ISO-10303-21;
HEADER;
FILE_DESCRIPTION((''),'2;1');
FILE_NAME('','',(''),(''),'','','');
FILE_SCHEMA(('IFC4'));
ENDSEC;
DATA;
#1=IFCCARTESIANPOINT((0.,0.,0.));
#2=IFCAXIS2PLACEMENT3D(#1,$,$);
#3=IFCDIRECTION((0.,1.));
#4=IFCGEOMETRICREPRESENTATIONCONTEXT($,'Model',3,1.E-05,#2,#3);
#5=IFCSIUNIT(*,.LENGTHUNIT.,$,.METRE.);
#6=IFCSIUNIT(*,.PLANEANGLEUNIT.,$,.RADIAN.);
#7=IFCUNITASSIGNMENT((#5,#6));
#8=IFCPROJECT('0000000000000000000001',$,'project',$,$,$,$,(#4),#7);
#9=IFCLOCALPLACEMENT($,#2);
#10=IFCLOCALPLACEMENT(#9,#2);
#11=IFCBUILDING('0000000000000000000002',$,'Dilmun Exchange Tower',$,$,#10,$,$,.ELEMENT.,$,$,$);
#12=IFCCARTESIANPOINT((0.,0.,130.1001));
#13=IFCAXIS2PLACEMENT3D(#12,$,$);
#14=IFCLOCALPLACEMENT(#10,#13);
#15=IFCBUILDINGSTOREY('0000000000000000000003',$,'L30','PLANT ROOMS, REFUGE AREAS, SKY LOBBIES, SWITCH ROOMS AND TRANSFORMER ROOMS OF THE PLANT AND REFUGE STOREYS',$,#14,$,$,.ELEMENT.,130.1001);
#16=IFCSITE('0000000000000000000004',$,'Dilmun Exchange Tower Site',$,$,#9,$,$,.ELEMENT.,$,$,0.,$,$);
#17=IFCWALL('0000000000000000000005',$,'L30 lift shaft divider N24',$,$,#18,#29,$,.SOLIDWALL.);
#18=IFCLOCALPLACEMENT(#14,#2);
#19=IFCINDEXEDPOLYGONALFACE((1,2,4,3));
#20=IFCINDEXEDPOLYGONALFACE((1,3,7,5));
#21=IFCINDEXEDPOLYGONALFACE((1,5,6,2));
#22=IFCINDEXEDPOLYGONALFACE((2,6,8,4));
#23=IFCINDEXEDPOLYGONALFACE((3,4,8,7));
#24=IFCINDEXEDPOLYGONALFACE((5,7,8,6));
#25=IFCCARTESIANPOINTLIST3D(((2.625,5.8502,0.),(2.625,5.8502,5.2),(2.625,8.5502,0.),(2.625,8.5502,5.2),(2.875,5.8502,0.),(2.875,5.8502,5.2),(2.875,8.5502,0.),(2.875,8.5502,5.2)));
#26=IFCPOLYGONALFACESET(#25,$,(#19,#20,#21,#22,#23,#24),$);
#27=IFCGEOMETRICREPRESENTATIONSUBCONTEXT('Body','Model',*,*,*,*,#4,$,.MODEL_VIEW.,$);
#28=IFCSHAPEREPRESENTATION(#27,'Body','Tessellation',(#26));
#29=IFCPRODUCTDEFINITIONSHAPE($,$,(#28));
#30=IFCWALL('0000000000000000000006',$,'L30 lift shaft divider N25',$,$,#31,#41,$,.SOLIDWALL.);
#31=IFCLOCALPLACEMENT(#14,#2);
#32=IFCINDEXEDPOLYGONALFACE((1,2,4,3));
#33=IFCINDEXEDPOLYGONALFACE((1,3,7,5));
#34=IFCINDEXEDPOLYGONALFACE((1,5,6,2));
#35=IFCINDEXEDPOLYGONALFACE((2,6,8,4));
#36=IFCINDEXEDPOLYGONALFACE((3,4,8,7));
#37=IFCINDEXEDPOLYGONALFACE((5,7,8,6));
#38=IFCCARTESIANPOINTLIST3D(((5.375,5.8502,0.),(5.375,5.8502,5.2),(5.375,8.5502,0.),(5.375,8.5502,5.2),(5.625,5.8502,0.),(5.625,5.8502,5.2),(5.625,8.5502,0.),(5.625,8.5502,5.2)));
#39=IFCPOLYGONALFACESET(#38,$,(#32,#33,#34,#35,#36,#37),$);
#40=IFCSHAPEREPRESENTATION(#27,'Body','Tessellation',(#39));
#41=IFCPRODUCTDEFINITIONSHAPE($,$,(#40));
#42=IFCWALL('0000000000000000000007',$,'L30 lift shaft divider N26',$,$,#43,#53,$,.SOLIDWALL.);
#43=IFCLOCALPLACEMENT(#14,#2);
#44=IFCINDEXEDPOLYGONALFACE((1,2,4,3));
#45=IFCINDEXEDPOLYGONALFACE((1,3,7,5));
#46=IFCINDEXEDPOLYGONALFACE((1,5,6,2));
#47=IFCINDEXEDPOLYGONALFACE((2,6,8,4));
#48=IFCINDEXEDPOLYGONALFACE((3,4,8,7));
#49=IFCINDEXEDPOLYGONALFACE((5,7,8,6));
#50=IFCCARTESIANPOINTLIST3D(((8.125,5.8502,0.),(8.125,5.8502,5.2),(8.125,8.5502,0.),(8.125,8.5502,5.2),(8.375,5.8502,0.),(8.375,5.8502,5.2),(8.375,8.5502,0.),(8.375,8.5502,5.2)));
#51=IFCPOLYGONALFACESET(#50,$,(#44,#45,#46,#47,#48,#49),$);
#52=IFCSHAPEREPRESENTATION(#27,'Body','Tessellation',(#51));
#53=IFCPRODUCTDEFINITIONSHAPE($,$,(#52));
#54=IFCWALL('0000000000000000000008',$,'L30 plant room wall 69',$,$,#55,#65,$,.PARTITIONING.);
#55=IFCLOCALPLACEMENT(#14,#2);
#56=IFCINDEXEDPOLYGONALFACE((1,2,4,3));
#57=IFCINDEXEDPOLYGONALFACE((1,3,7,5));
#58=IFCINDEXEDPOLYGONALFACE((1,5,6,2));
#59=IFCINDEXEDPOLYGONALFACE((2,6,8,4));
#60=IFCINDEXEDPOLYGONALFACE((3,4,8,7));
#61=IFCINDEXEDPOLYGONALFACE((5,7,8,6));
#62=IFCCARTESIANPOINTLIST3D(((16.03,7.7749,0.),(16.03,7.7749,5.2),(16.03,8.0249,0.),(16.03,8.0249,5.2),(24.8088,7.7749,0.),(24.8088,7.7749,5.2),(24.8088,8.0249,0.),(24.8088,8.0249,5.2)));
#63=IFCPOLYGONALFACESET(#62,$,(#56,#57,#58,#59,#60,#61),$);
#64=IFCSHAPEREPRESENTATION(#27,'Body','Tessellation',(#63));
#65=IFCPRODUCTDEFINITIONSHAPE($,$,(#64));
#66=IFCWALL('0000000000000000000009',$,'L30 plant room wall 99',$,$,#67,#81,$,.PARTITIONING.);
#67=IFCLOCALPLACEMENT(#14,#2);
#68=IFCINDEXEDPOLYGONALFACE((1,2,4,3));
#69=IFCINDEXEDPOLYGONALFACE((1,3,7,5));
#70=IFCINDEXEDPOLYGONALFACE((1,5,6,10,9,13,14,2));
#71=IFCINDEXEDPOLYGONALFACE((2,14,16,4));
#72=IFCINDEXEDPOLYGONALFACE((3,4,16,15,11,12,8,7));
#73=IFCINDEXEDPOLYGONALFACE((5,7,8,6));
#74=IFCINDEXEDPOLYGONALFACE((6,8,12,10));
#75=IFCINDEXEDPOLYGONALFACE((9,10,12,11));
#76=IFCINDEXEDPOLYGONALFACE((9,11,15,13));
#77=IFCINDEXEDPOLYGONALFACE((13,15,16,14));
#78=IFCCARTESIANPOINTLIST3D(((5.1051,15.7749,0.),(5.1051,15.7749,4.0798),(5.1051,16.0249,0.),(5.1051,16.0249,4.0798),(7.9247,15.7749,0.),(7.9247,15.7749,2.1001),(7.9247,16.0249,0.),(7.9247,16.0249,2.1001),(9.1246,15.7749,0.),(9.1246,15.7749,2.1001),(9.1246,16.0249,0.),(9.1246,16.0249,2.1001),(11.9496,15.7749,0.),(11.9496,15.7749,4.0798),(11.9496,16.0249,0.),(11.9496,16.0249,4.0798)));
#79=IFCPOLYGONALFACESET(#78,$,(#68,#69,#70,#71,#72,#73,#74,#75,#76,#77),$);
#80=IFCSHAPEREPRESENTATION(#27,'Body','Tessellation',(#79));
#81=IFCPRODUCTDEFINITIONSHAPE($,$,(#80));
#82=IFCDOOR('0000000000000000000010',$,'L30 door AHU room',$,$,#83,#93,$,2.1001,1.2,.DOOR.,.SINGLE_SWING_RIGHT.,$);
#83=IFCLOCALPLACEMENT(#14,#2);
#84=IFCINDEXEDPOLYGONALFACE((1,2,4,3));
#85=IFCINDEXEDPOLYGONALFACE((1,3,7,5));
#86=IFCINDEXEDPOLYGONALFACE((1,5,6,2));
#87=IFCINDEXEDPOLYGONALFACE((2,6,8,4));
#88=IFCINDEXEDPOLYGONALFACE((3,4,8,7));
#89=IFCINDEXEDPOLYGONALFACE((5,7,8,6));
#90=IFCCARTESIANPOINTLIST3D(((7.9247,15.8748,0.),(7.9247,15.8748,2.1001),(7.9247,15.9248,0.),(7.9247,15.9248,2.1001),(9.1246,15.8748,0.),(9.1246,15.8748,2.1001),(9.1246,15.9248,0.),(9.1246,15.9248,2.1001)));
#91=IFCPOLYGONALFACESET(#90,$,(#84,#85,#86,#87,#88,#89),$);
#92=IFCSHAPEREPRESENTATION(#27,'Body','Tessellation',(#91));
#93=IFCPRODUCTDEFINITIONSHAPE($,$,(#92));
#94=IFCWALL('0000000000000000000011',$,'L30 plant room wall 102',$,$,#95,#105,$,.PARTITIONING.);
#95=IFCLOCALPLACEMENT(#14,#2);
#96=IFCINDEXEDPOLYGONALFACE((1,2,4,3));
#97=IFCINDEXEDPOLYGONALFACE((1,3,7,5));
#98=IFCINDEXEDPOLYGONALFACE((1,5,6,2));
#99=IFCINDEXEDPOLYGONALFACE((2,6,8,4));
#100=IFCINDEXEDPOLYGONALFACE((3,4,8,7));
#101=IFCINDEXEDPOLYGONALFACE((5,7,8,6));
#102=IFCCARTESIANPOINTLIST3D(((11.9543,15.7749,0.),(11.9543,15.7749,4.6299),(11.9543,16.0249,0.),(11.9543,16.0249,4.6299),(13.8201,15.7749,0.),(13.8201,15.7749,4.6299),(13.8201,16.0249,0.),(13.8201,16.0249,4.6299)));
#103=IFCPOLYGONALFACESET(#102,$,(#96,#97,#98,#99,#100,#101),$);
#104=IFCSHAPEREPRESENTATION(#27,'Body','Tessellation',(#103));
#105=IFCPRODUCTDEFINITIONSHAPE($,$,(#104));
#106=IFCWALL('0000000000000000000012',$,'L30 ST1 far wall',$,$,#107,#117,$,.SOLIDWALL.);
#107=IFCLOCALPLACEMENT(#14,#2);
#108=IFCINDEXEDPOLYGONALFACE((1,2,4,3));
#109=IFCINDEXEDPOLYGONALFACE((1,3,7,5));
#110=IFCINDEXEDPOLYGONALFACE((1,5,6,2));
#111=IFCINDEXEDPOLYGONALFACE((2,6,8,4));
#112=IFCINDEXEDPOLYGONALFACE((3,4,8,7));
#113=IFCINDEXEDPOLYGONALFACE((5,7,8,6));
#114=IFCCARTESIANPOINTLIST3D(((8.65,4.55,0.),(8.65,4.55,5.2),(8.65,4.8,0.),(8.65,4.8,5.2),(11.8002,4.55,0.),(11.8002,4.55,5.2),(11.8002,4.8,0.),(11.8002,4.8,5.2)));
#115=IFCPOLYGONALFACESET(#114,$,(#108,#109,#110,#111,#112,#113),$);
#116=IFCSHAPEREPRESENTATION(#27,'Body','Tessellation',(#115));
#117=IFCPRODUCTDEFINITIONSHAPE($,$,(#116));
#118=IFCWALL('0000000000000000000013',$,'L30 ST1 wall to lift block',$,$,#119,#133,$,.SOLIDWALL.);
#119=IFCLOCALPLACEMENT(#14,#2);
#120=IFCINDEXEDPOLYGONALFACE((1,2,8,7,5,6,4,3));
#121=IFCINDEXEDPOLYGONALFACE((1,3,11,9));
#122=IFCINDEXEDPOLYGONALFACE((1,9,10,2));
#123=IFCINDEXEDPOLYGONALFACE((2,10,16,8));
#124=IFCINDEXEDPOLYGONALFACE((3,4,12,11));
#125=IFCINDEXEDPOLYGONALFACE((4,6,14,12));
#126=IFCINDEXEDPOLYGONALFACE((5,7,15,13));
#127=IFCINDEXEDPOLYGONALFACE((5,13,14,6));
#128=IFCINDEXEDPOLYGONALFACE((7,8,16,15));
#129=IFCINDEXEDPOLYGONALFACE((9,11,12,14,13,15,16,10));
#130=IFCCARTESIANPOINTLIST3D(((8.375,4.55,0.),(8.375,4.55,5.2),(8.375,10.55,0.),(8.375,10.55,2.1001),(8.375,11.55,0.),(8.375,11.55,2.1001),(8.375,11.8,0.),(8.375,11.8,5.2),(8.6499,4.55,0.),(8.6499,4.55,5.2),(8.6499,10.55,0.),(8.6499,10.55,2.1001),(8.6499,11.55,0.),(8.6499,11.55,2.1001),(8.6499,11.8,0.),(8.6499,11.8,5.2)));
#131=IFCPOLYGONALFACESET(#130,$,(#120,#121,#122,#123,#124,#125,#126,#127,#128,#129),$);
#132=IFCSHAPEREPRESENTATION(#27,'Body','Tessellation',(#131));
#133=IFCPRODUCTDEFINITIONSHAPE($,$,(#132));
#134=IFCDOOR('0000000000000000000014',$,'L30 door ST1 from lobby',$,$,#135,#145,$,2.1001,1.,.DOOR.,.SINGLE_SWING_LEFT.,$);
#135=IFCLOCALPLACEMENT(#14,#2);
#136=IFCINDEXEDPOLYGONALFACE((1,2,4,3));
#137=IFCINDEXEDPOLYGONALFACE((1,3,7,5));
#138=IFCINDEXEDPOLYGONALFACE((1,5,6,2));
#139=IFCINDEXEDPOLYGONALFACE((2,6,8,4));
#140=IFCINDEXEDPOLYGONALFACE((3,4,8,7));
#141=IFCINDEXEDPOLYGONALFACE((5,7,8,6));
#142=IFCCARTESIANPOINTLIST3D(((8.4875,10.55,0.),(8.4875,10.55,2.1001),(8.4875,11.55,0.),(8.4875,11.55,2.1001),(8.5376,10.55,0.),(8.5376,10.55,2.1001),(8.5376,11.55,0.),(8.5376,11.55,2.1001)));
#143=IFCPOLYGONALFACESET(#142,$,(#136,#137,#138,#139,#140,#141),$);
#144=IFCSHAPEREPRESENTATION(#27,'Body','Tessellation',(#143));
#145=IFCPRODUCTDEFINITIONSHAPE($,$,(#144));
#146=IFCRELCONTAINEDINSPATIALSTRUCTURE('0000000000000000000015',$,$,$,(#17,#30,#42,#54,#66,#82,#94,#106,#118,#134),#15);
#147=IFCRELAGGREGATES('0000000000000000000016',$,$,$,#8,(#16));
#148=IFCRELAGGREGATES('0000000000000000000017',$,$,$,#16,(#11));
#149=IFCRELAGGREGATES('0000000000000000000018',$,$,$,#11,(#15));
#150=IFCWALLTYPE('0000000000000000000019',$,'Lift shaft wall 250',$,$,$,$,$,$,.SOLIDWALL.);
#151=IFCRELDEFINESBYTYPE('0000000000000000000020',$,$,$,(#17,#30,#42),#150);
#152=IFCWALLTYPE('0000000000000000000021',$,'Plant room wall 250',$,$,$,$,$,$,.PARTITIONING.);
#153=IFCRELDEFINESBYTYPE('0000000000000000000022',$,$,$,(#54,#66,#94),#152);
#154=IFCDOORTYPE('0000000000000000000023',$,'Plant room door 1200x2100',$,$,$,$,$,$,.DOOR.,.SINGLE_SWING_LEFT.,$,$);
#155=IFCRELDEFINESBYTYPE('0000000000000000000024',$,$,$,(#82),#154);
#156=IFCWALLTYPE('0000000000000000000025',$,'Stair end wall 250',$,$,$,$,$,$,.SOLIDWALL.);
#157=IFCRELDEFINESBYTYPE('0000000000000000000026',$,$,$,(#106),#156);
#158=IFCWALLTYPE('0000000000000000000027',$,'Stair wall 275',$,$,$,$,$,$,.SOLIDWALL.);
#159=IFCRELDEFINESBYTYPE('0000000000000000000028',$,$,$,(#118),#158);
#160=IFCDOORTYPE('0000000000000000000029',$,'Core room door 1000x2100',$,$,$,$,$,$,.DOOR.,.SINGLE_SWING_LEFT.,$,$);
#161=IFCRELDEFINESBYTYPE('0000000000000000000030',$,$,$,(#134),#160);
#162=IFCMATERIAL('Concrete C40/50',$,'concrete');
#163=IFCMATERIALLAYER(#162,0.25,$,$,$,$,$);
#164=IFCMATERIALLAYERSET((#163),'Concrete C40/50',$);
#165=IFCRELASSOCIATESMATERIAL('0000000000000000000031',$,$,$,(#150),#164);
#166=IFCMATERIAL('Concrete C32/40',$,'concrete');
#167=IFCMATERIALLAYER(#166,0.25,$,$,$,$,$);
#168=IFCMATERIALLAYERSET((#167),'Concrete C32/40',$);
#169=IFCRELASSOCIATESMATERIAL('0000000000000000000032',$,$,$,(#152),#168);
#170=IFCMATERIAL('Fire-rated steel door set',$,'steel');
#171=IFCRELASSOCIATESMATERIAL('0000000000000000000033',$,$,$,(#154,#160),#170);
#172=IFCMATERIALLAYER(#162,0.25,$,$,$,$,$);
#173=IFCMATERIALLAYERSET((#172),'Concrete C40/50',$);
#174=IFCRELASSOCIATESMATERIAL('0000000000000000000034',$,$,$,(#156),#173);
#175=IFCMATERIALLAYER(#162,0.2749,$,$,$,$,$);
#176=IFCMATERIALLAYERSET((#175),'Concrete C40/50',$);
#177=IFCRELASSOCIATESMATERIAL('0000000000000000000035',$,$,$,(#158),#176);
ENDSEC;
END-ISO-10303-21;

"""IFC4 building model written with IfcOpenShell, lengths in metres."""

from ifc_helpers import new_model, si_unit, direction, frame, frame_2d, origin, place, context, subcontext, project, spatial, rectangle, extrude, material, layer, layer_set, type_object, element, fill, save


model = new_model("IFC4")

# Units and contexts
model_context = context("Model", 3, precision=1e-05, world=origin(), true_north=direction((0.0, 1.0)))
body_context = subcontext(model_context, "Body", "Model", "MODEL_VIEW")
ifc_project = project(units=[si_unit("LENGTHUNIT", "METRE"), si_unit("PLANEANGLEUNIT", "RADIAN")], contexts=[model_context])

# Site, building, storey
site_placement = place(None, origin())
site = spatial("IfcSite", under=ifc_project, at=site_placement, Name="Dilmun Exchange Tower Site", CompositionType="ELEMENT", RefElevation=0.0)
building_placement = place(site_placement, origin())
building = spatial("IfcBuilding", under=site, at=building_placement, Name="Dilmun Exchange Tower", CompositionType="ELEMENT")
storey_placement = place(building_placement, frame((0.0, 0.0, 130.1001)))
storey = spatial("IfcBuildingStorey", under=building, at=storey_placement, Name="L30", Description="PLANT ROOMS, REFUGE AREAS, SKY LOBBIES, SWITCH ROOMS AND TRANSFORMER ROOMS OF THE PLANT AND REFUGE STOREYS", CompositionType="ELEMENT", Elevation=130.1001)

# Walls
ifc_material_1 = material(Name="Concrete C40/50", Category="concrete")
ifc_layer_1 = layer(ifc_material_1, 0.25)
ifc_layer_set_1 = layer_set([ifc_layer_1], Name="Concrete C40/50")
wall_type_1 = type_object("IfcWallType", Name="Lift shaft wall 250", PredefinedType="SOLIDWALL", material=ifc_layer_set_1)
for number, where, z_axis, x_axis, name in (
    (1, (2.75, 5.8501, 0.0), (0.0, 0.0, 1.0), (0.0, 1.0, 0.0), "L30 lift shaft divider N24"),
    (2, (5.5, 5.8501, 0.0), (0.0, 0.0, 1.0), (0.0, 1.0, 0.0), "L30 lift shaft divider N25"),
    (3, (8.25, 5.8501, 0.0), (0.0, 0.0, 1.0), (0.0, 1.0, 0.0), "L30 lift shaft divider N26"),
):
    element("IfcWall", number, at=place(storey_placement, frame(where, z_axis=z_axis, x_axis=x_axis)), inside=storey, type_object=wall_type_1, Name=name, PredefinedType="SOLIDWALL", context=body_context, shape_type="SweptSolid", body=[
        extrude(rectangle(XDim=2.7, YDim=0.25, at=frame_2d((1.3501, 0.0))), origin(), (0.0, 0.0, 1.0), 5.2),
    ])
ifc_material_2 = material(Name="Concrete C32/40", Category="concrete")
ifc_layer_2 = layer(ifc_material_2, 0.25)
ifc_layer_set_2 = layer_set([ifc_layer_2], Name="Concrete C32/40")
wall_type_2 = type_object("IfcWallType", Name="Plant room wall 250", PredefinedType="PARTITIONING", material=ifc_layer_set_2)
wall_1_placement = place(storey_placement, frame((16.03, 7.8999, 0.0), z_axis=(0.0, 0.0, 1.0), x_axis=(1.0, 0.0, 0.0)))
element("IfcWall", 4, at=wall_1_placement, inside=storey, type_object=wall_type_2, Name="L30 plant room wall 69", PredefinedType="PARTITIONING", context=body_context, shape_type="SweptSolid", body=[
    extrude(rectangle(XDim=8.7788, YDim=0.25, at=frame_2d((4.3894, 0.0))), origin(), (0.0, 0.0, 1.0), 5.2),
])

# Wall, opening, door
wall_2_placement = place(storey_placement, frame((5.105, 15.8999, 0.0), z_axis=(0.0, 0.0, 1.0), x_axis=(1.0, 0.0, 0.0)))
wall_2 = element("IfcWall", 5, at=wall_2_placement, inside=storey, type_object=wall_type_2, Name="L30 plant room wall 99", PredefinedType="PARTITIONING", context=body_context, shape_type="SweptSolid", body=[
    extrude(rectangle(XDim=6.8445, YDim=0.25, at=frame_2d((3.4224, 0.0))), origin(), (0.0, 0.0, 1.0), 4.0798),
])
opening_1_placement = place(wall_2_placement, frame((2.8196, 0.0, 0.0)))
opening_1 = element("IfcOpeningElement", 6, at=opening_1_placement, cuts=wall_2, PredefinedType="OPENING", context=body_context, shape_type="SweptSolid", body=[
    extrude(rectangle(XDim=1.2, YDim=2.1001, at=frame_2d((0.6001, 1.05))), frame((0.0, 0.135, 0.0), z_axis=(0.0, -1.0, 0.0), x_axis=(1.0, 0.0, 0.0)), (0.0, 0.0, 1.0), 0.27),
])
ifc_material_3 = material(Name="Fire-rated steel door set", Category="steel")
door_type_1 = type_object("IfcDoorType", Name="Plant room door 1200x2100", OperationType="SINGLE_SWING_LEFT", PredefinedType="DOOR", material=ifc_material_3)
door_1_placement = place(opening_1_placement, origin())
door_1 = element("IfcDoor", 7, at=door_1_placement, inside=storey, type_object=door_type_1, Name="L30 door AHU room", OperationType="SINGLE_SWING_RIGHT", OverallHeight=2.1001, OverallWidth=1.2, PredefinedType="DOOR", context=body_context, shape_type="SweptSolid", body=[
    extrude(rectangle(XDim=1.2, YDim=2.1001, at=frame_2d((0.6001, 1.05))), frame((0.0, 0.0249, 0.0), z_axis=(0.0, -1.0, 0.0), x_axis=(1.0, 0.0, 0.0)), (0.0, 0.0, 1.0), 0.05),
])
fill(opening_1, door_1)

# Walls
wall_3_placement = place(storey_placement, frame((11.9543, 15.8999, 0.0), z_axis=(0.0, 0.0, 1.0), x_axis=(1.0, 0.0, 0.0)))
element("IfcWall", 8, at=wall_3_placement, inside=storey, type_object=wall_type_2, Name="L30 plant room wall 102", PredefinedType="PARTITIONING", context=body_context, shape_type="SweptSolid", body=[
    extrude(rectangle(XDim=1.8657, YDim=0.25, at=frame_2d((0.9329, 0.0))), origin(), (0.0, 0.0, 1.0), 4.6299),
])
ifc_layer_3 = layer(ifc_material_1, 0.25)
ifc_layer_set_3 = layer_set([ifc_layer_3], Name="Concrete C40/50")
wall_type_3 = type_object("IfcWallType", Name="Stair end wall 250", PredefinedType="SOLIDWALL", material=ifc_layer_set_3)
wall_4_placement = place(storey_placement, frame((8.6499, 4.675, 0.0), z_axis=(0.0, 0.0, 1.0), x_axis=(1.0, 0.0, 0.0)))
element("IfcWall", 9, at=wall_4_placement, inside=storey, type_object=wall_type_3, Name="L30 ST1 far wall", PredefinedType="SOLIDWALL", context=body_context, shape_type="SweptSolid", body=[
    extrude(rectangle(XDim=3.1501, YDim=0.25, at=frame_2d((1.5752, 0.0))), origin(), (0.0, 0.0, 1.0), 5.2),
])

# Wall, opening, door
ifc_layer_4 = layer(ifc_material_1, 0.2749)
ifc_layer_set_4 = layer_set([ifc_layer_4], Name="Concrete C40/50")
wall_type_4 = type_object("IfcWallType", Name="Stair wall 275", PredefinedType="SOLIDWALL", material=ifc_layer_set_4)
wall_5_placement = place(storey_placement, frame((8.5125, 4.55, 0.0), z_axis=(0.0, 0.0, 1.0), x_axis=(0.0, 1.0, 0.0)))
wall_5 = element("IfcWall", 10, at=wall_5_placement, inside=storey, type_object=wall_type_4, Name="L30 ST1 wall to lift block", PredefinedType="SOLIDWALL", context=body_context, shape_type="SweptSolid", body=[
    extrude(rectangle(XDim=7.25, YDim=0.2749, at=frame_2d((3.625, 0.0))), origin(), (0.0, 0.0, 1.0), 5.2),
])
opening_2_placement = place(wall_5_placement, frame((6.0, 0.0, 0.0)))
opening_2 = element("IfcOpeningElement", 11, at=opening_2_placement, cuts=wall_5, PredefinedType="OPENING", context=body_context, shape_type="SweptSolid", body=[
    extrude(rectangle(XDim=1.0, YDim=2.1001, at=frame_2d((0.5, 1.05))), frame((0.0, 0.1475, 0.0), z_axis=(0.0, -1.0, 0.0), x_axis=(1.0, 0.0, 0.0)), (0.0, 0.0, 1.0), 0.2949),
])
door_type_2 = type_object("IfcDoorType", Name="Core room door 1000x2100", OperationType="SINGLE_SWING_LEFT", PredefinedType="DOOR", material=ifc_material_3)
door_2_placement = place(opening_2_placement, origin())
door_2 = element("IfcDoor", 12, at=door_2_placement, inside=storey, type_object=door_type_2, Name="L30 door ST1 from lobby", OperationType="SINGLE_SWING_LEFT", OverallHeight=2.1001, OverallWidth=1.0, PredefinedType="DOOR", context=body_context, shape_type="SweptSolid", body=[
    extrude(rectangle(XDim=1.0, YDim=2.1001, at=frame_2d((0.5, 1.05))), frame((0.0, 0.0249, 0.0), z_axis=(0.0, -1.0, 0.0), x_axis=(1.0, 0.0, 0.0)), (0.0, 0.0, 1.0), 0.05),
])
fill(opening_2, door_2)

save(model, "model.ifc")
